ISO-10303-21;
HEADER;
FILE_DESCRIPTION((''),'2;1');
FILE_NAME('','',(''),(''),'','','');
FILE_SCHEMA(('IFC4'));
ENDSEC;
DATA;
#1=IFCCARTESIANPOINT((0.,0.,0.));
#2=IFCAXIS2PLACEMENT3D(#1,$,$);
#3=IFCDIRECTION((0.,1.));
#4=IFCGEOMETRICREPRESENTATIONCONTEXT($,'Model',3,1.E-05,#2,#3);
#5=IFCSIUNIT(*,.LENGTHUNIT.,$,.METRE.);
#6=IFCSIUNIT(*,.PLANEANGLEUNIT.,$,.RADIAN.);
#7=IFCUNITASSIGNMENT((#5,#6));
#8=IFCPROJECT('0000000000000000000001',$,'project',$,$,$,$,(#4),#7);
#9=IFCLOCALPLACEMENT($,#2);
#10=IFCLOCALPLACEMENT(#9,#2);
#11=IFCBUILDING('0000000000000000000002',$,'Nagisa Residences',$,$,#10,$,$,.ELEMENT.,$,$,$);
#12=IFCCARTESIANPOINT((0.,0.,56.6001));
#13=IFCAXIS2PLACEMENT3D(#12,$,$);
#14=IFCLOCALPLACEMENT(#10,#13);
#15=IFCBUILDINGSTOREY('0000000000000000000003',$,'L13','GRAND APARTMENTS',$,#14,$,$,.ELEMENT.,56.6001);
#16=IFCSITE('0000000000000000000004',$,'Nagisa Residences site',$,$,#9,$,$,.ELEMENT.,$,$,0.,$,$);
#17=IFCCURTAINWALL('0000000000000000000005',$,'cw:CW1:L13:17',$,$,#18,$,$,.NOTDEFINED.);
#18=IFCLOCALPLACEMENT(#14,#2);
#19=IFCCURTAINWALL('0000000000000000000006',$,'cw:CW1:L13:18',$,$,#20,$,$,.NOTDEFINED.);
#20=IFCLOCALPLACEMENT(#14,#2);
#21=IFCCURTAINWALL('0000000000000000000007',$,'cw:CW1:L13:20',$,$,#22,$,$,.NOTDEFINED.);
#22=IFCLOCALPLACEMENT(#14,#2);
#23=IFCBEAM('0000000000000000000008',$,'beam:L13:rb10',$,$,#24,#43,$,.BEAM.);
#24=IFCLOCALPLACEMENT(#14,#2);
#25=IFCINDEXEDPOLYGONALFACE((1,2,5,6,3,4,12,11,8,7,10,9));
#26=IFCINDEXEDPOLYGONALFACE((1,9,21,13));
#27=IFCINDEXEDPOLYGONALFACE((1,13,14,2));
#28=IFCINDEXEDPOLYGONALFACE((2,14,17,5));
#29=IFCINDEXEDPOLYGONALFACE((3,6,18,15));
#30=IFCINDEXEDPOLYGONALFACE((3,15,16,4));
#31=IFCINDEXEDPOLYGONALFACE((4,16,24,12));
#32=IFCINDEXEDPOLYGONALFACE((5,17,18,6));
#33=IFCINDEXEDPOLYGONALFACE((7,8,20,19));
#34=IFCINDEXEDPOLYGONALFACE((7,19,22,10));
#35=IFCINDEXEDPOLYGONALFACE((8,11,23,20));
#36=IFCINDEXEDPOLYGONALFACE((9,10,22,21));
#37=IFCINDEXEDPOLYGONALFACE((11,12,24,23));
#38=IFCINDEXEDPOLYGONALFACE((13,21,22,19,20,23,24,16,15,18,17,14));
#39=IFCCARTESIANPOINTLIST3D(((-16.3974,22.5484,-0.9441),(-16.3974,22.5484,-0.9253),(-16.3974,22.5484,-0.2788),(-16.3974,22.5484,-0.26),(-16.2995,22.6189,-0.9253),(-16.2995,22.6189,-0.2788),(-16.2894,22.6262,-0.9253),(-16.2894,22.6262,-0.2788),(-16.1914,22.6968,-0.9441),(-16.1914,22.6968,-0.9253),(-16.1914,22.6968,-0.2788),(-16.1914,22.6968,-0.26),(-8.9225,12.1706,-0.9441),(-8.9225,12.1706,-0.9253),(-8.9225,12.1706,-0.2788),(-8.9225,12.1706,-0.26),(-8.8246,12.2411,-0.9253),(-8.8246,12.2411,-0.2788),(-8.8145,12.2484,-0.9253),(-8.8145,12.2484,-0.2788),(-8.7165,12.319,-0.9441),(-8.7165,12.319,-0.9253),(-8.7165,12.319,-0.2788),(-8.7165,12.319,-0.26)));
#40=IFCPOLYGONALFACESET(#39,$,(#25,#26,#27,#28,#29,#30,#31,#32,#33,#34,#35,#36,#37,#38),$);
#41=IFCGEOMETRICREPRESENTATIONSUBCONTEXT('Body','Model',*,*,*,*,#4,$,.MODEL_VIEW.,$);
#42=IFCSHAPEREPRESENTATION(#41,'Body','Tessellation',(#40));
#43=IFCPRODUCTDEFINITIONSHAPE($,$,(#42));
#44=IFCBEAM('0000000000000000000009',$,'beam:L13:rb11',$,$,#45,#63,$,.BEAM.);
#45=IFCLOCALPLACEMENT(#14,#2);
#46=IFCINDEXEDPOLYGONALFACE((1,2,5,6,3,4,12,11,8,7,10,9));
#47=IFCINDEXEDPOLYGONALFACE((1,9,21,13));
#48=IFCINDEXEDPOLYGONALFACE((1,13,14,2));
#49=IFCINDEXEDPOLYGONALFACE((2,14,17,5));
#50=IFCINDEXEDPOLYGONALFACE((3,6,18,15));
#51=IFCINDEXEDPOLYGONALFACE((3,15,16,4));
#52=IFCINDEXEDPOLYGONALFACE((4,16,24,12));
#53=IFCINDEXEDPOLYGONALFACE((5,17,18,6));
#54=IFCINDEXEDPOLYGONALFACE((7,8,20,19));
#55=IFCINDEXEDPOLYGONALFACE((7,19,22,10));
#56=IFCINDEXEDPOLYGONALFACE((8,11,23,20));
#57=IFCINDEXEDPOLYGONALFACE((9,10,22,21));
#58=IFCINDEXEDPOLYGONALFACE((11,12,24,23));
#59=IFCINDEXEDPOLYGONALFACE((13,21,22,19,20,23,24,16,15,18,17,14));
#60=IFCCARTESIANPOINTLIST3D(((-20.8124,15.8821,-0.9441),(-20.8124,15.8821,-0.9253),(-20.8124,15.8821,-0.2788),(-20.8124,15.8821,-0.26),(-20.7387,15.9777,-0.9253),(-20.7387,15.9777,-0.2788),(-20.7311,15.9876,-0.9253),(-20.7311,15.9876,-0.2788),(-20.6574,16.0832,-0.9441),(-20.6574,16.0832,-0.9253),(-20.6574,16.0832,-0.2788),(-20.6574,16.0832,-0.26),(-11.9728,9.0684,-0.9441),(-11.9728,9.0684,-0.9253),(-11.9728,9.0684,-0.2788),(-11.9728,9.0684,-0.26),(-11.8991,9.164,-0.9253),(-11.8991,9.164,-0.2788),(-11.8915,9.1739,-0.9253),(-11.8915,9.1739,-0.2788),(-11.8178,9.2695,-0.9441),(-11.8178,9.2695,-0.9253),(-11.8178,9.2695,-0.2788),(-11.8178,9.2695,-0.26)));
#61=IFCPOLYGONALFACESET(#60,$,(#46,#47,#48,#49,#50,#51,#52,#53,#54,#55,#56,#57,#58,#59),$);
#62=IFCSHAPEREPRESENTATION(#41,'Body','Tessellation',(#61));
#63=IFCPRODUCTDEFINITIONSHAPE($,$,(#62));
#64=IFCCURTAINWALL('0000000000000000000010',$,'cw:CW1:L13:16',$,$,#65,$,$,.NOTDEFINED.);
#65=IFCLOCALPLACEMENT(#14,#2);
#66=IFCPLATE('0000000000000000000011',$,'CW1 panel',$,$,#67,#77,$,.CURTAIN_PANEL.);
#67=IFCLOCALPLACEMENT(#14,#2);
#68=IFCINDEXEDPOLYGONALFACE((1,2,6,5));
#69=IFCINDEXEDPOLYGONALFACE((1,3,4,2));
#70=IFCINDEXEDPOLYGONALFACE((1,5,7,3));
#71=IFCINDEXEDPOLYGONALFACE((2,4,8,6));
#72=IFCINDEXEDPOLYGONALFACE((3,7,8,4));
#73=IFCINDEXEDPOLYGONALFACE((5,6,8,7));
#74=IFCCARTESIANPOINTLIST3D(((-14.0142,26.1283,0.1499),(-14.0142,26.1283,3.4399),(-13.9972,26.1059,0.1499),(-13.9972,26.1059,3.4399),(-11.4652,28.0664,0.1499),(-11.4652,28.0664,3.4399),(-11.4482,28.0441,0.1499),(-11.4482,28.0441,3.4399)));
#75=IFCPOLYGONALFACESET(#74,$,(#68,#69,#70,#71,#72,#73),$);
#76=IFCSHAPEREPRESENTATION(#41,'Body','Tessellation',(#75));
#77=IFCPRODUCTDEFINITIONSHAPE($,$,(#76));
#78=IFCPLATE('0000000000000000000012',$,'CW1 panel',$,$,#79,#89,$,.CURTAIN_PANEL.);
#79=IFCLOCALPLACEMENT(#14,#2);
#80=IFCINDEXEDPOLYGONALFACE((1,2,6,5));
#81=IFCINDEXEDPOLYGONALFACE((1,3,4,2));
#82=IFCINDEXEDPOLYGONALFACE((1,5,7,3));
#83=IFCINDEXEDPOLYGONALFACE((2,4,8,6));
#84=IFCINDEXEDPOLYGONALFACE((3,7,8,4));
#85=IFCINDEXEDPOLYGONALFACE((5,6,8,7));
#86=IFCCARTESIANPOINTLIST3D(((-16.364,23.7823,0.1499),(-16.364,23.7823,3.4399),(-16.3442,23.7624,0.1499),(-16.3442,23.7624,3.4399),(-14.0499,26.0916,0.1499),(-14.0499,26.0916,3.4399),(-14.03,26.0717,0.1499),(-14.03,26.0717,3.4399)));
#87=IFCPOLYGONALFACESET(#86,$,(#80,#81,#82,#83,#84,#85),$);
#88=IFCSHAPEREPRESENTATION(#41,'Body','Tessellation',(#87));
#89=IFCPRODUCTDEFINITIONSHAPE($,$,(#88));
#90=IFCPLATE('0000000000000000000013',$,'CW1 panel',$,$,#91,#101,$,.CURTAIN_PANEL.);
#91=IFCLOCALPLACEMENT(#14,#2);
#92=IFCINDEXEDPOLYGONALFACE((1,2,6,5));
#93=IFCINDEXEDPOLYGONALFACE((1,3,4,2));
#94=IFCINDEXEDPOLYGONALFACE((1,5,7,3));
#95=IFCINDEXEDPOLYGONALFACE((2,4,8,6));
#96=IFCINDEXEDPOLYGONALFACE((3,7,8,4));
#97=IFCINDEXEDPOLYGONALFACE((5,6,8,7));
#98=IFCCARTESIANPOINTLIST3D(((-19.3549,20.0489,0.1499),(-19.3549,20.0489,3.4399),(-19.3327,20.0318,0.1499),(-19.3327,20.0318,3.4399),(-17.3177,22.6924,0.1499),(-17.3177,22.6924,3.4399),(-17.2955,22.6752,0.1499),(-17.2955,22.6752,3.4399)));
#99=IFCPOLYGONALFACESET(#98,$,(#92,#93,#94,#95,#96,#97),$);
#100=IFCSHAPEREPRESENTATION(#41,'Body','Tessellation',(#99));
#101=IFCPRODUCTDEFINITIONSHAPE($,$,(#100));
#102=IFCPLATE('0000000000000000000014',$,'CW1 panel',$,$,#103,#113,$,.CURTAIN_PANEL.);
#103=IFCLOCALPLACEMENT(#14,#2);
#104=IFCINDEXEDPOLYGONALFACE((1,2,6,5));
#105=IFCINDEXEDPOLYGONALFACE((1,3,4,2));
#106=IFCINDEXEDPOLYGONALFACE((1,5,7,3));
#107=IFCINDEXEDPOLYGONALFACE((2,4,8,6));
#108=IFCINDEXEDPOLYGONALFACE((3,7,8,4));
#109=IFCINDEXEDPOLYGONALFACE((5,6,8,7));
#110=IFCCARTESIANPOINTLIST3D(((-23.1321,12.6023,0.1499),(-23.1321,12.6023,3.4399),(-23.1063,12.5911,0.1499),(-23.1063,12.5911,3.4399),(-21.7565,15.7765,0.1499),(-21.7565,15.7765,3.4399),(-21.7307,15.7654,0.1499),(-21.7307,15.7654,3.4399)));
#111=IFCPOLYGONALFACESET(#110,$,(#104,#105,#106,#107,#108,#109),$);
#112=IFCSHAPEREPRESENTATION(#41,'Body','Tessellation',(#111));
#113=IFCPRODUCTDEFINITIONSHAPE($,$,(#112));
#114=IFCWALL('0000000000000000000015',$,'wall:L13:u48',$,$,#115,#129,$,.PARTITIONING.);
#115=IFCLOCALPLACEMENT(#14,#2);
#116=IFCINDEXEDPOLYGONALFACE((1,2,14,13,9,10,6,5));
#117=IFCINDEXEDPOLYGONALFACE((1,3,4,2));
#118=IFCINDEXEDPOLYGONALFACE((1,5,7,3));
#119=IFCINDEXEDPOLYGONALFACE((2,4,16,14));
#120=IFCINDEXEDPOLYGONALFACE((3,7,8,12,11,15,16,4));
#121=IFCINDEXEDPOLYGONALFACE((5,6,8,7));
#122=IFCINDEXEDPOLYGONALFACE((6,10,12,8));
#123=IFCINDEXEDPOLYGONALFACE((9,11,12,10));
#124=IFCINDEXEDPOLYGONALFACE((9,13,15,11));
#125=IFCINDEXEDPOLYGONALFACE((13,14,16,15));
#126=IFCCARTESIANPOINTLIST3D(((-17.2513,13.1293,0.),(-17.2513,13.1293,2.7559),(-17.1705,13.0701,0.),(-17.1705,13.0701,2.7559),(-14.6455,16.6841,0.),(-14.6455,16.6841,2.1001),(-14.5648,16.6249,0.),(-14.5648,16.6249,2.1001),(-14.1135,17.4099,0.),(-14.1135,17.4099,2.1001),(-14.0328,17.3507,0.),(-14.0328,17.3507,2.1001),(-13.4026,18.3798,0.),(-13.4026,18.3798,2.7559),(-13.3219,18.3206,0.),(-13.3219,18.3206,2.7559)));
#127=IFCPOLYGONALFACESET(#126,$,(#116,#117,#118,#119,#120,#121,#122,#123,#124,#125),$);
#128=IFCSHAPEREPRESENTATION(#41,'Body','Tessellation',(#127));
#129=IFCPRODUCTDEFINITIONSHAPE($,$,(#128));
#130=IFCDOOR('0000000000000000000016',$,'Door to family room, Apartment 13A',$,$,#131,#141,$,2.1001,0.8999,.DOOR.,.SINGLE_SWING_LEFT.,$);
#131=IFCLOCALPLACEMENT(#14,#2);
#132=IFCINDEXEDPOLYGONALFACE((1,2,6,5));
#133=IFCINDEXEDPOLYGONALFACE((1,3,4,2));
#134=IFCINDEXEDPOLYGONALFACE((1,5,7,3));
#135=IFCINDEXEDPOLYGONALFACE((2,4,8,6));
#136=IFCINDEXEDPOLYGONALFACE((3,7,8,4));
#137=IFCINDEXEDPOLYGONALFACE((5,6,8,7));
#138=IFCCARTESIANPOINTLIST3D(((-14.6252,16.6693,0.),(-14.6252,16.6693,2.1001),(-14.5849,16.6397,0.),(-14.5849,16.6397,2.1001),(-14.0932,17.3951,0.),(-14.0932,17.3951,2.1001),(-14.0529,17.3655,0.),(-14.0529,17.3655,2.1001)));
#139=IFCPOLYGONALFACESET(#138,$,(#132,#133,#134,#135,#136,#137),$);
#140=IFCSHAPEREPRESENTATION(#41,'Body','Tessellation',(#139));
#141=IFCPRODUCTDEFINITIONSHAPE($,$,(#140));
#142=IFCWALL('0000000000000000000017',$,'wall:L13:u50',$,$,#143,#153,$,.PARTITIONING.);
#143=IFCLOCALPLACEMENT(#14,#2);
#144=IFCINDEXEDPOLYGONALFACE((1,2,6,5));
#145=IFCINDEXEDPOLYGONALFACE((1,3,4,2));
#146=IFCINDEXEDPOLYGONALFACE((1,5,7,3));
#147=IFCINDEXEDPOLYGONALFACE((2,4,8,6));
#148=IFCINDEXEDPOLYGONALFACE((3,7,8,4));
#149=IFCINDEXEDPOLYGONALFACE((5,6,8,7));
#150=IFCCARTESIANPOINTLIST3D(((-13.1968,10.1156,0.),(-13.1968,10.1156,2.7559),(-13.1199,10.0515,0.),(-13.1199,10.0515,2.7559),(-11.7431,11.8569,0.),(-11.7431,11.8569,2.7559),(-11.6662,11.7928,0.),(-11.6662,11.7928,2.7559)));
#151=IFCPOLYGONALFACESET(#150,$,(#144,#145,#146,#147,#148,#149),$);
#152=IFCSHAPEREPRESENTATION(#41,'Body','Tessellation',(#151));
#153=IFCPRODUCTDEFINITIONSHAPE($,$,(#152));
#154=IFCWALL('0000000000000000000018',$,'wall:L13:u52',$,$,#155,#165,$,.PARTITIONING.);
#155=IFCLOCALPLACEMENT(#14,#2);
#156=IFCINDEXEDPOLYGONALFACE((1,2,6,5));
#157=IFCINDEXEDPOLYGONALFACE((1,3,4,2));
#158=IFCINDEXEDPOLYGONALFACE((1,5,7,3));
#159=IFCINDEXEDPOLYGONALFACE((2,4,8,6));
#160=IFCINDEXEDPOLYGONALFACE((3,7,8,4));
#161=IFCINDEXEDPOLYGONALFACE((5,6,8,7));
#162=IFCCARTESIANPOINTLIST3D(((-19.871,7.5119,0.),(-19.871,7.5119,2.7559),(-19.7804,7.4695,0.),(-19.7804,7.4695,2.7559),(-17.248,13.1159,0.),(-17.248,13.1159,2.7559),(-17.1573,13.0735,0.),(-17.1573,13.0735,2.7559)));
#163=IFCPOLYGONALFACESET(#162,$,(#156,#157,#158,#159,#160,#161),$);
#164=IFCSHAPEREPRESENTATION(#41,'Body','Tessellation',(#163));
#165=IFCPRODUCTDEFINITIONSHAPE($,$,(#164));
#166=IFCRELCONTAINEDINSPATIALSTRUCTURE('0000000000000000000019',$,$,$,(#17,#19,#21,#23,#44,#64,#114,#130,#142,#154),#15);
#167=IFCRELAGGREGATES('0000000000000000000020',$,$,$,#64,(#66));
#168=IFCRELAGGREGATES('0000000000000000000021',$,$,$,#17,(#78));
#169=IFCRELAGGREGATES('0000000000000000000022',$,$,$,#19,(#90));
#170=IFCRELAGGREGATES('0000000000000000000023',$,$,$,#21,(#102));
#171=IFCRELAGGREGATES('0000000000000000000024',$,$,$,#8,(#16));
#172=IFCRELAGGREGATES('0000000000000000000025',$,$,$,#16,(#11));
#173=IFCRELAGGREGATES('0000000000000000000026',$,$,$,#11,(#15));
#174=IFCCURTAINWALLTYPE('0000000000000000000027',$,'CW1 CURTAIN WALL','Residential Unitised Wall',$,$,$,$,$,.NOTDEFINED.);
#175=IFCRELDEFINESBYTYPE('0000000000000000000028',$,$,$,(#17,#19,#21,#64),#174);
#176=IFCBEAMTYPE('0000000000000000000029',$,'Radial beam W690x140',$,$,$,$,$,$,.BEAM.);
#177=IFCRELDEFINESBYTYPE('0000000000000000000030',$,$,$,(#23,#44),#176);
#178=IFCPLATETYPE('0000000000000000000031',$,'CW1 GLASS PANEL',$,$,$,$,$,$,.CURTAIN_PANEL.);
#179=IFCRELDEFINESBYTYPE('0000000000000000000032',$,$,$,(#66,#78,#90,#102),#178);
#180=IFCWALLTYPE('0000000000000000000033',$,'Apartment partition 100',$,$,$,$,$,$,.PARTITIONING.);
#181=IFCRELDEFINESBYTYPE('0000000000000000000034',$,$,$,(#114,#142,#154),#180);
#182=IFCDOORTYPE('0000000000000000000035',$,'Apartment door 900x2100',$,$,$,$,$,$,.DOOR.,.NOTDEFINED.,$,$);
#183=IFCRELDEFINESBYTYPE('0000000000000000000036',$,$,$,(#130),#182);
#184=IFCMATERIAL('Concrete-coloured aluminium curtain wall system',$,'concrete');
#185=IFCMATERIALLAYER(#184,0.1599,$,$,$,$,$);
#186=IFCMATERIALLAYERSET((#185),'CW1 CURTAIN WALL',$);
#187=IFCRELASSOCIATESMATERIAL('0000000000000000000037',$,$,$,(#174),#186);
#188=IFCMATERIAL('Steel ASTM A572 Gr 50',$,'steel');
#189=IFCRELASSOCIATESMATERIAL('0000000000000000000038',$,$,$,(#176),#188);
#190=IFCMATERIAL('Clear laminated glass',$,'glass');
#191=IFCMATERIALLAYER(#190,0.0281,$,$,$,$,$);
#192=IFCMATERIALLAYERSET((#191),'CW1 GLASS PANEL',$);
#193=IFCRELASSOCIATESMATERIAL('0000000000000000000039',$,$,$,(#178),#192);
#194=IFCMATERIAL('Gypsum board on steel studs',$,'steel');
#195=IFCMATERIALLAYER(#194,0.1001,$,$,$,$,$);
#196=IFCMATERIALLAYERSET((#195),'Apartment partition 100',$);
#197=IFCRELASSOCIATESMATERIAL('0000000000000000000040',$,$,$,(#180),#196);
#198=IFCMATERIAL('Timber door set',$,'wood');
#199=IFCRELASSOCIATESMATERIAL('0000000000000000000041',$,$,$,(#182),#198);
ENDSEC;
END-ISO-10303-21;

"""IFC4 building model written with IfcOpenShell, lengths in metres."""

from ifc_helpers import new_model, si_unit, direction, frame, frame_2d, origin, origin_2d, place, context, subcontext, project, spatial, rectangle, i_section, extrude, material, layer, layer_set, material_profile, profile_set, type_object, element, fill, aggregate, save


model = new_model("IFC4")

# Units and contexts
model_context = context("Model", 3, precision=1e-05, world=origin(), true_north=direction((0.0, 1.0)))
body_context = subcontext(model_context, "Body", "Model", "MODEL_VIEW")
ifc_project = project(units=[si_unit("LENGTHUNIT", "METRE"), si_unit("PLANEANGLEUNIT", "RADIAN")], contexts=[model_context])

# Site, building, storey
site_placement = place(None, origin())
site = spatial("IfcSite", under=ifc_project, at=site_placement, Name="Nagisa Residences site", CompositionType="ELEMENT", RefElevation=0.0)
building_placement = place(site_placement, origin())
building = spatial("IfcBuilding", under=site, at=building_placement, Name="Nagisa Residences", CompositionType="ELEMENT")
storey_placement = place(building_placement, frame((0.0, 0.0, 56.6001)))
storey = spatial("IfcBuildingStorey", under=building, at=storey_placement, Name="L13", Description="GRAND APARTMENTS", CompositionType="ELEMENT", Elevation=56.6001)

# Curtain walls
ifc_material_1 = material(Name="Concrete-coloured aluminium curtain wall system", Category="concrete")
ifc_layer_1 = layer(ifc_material_1, 0.1599)
ifc_layer_set_1 = layer_set([ifc_layer_1], Name="CW1 CURTAIN WALL")
curtain_wall_type = type_object("IfcCurtainWallType", Name="CW1 CURTAIN WALL", Description="Residential Unitised Wall", PredefinedType="NOTDEFINED", material=ifc_layer_set_1)
curtain_wall_1_placement = place(storey_placement, origin())
curtain_wall_1 = element("IfcCurtainWall", 1, at=curtain_wall_1_placement, inside=storey, type_object=curtain_wall_type, Name="cw:CW1:L13:17", PredefinedType="NOTDEFINED")
curtain_wall_2_placement = place(storey_placement, origin())
curtain_wall_2 = element("IfcCurtainWall", 2, at=curtain_wall_2_placement, inside=storey, type_object=curtain_wall_type, Name="cw:CW1:L13:18", PredefinedType="NOTDEFINED")
curtain_wall_3_placement = place(storey_placement, origin())
curtain_wall_3 = element("IfcCurtainWall", 3, at=curtain_wall_3_placement, inside=storey, type_object=curtain_wall_type, Name="cw:CW1:L13:20", PredefinedType="NOTDEFINED")

# Beams
ifc_material_2 = material(Name="Steel ASTM A572 Gr 50", Category="steel")
ifc_material_profile_1 = material_profile(ifc_material_2, i_section(OverallWidth=0.2539, OverallDepth=0.6841, WebThickness=0.0125, FlangeThickness=0.0188, at=origin_2d()), Name="W690x140")
ifc_profile_set_1 = profile_set([ifc_material_profile_1], Name="Steel ASTM A572 Gr 50")
beam_type_1 = type_object("IfcBeamType", Name="Radial beam W690x140", PredefinedType="BEAM", material=ifc_profile_set_1)
beam_1_placement = place(storey_placement, frame((-16.2944, 22.6226, -0.6021), z_axis=(0.584455, -0.811426, 0.0), x_axis=(0.811426, 0.584455, 0.0)))
element("IfcBeam", 4, at=beam_1_placement, inside=storey, type_object=beam_type_1, Name="beam:L13:rb10", PredefinedType="BEAM", context=body_context, shape_type="SweptSolid", body=[
    extrude(i_section(OverallWidth=0.2539, OverallDepth=0.6841, WebThickness=0.0125, FlangeThickness=0.0188, at=origin_2d()), origin(), (0.0, 0.0, 1.0), 12.7896),
])
beam_2_placement = place(storey_placement, frame((-20.7349, 15.9827, -0.6021), z_axis=(0.792016, -0.6105, 0.0), x_axis=(0.6105, 0.792016, 0.0)))
element("IfcBeam", 5, at=beam_2_placement, inside=storey, type_object=beam_type_1, Name="beam:L13:rb11", PredefinedType="BEAM", context=body_context, shape_type="SweptSolid", body=[
    extrude(i_section(OverallWidth=0.2539, OverallDepth=0.6841, WebThickness=0.0125, FlangeThickness=0.0188, at=origin_2d()), origin(), (0.0, 0.0, 1.0), 11.1609),
])

# Curtain wall, plate
curtain_wall_4_placement = place(storey_placement, origin())
curtain_wall_4 = element("IfcCurtainWall", 6, at=curtain_wall_4_placement, inside=storey, type_object=curtain_wall_type, Name="cw:CW1:L13:16", PredefinedType="NOTDEFINED")
ifc_material_3 = material(Name="Clear laminated glass", Category="glass")
ifc_layer_2 = layer(ifc_material_3, 0.0281)
ifc_layer_set_2 = layer_set([ifc_layer_2], Name="CW1 GLASS PANEL")
plate_type = type_object("IfcPlateType", Name="CW1 GLASS PANEL", PredefinedType="CURTAIN_PANEL", material=ifc_layer_set_2)
plate_1_placement = place(storey_placement, frame((-12.7312, 27.0862, 0.1499), z_axis=(0.0, 0.0, 1.0), x_axis=(-0.796031, -0.605255, 0.0)))
plate_1 = element("IfcPlate", 7, at=plate_1_placement, type_object=plate_type, Name="CW1 panel", PredefinedType="CURTAIN_PANEL", context=body_context, shape_type="SweptSolid", body=[
    extrude(rectangle(XDim=3.2021, YDim=0.0281, at=origin_2d()), origin(), (0.0, 0.0, 1.0), 3.29),
])
aggregate(curtain_wall_4, [plate_1])

# Plates
plate_2_placement = place(storey_placement, frame((-15.197, 24.927, 0.1499), z_axis=(0.0, 0.0, 1.0), x_axis=(-0.707836, -0.706377, 0.0)))
plate_2 = element("IfcPlate", 8, at=plate_2_placement, type_object=plate_type, Name="CW1 panel", PredefinedType="CURTAIN_PANEL", context=body_context, shape_type="SweptSolid", body=[
    extrude(rectangle(XDim=3.2693, YDim=0.0281, at=origin_2d()), origin(), (0.0, 0.0, 1.0), 3.29),
])
aggregate(curtain_wall_1, [plate_2])
plate_3_placement = place(storey_placement, frame((-18.3252, 21.3621, 0.1499), z_axis=(0.0, 0.0, 1.0), x_axis=(-0.61043, -0.79207, 0.0)))
plate_3 = element("IfcPlate", 9, at=plate_3_placement, type_object=plate_type, Name="CW1 panel", PredefinedType="CURTAIN_PANEL", context=body_context, shape_type="SweptSolid", body=[
    extrude(rectangle(XDim=3.3374, YDim=0.0281, at=origin_2d()), origin(), (0.0, 0.0, 1.0), 3.29),
])
aggregate(curtain_wall_2, [plate_3])
plate_4_placement = place(storey_placement, frame((-22.4314, 14.1838, 0.1499), z_axis=(0.0, 0.0, 1.0), x_axis=(-0.397636, -0.917543, 0.0)))
plate_4 = element("IfcPlate", 10, at=plate_4_placement, type_object=plate_type, Name="CW1 panel", PredefinedType="CURTAIN_PANEL", context=body_context, shape_type="SweptSolid", body=[
    extrude(rectangle(XDim=3.4595, YDim=0.0281, at=origin_2d()), origin(), (0.0, 0.0, 1.0), 3.29),
])
aggregate(curtain_wall_3, [plate_4])

# Wall, opening, door
ifc_material_4 = material(Name="Gypsum board on steel studs", Category="steel")
ifc_layer_3 = layer(ifc_material_4, 0.1001)
ifc_layer_set_3 = layer_set([ifc_layer_3], Name="Apartment partition 100")
wall_type_1 = type_object("IfcWallType", Name="Apartment partition 100", PredefinedType="PARTITIONING", material=ifc_layer_set_3)
wall_1_placement = place(storey_placement, frame((-13.3623, 18.3501, 0.0), z_axis=(0.0, 0.0, 1.0), x_axis=(-0.591191, -0.806531, 0.0)))
wall_1 = element("IfcWall", 11, at=wall_1_placement, inside=storey, type_object=wall_type_1, Name="wall:L13:u48", PredefinedType="PARTITIONING", context=body_context, shape_type="SweptSolid", body=[
    extrude(rectangle(XDim=6.51, YDim=0.1001, at=frame_2d((3.2549, 0.0))), origin(), (0.0, 0.0, 1.0), 2.7559),
])
opening_1_placement = place(wall_1_placement, frame((1.2024, 0.0, 0.0)))
opening_1 = element("IfcOpeningElement", 12, at=opening_1_placement, cuts=wall_1, PredefinedType="OPENING", context=body_context, shape_type="SweptSolid", body=[
    extrude(rectangle(XDim=0.8999, YDim=2.1001, at=frame_2d((0.45, 1.05))), frame((0.0, 0.0601, 0.0), z_axis=(0.0, -1.0, 0.0), x_axis=(1.0, 0.0, 0.0)), (0.0, 0.0, 1.0), 0.1201),
])
ifc_material_5 = material(Name="Timber door set", Category="wood")
door_type_1 = type_object("IfcDoorType", Name="Apartment door 900x2100", OperationType="NOTDEFINED", PredefinedType="DOOR", material=ifc_material_5)
door_1_placement = place(opening_1_placement, frame((0.8999, 0.0, 0.0), x_axis=(-1.0, 0.0, 0.0)))
door_1 = element("IfcDoor", 13, at=door_1_placement, inside=storey, type_object=door_type_1, Name="Door to family room, Apartment 13A", OperationType="SINGLE_SWING_LEFT", OverallHeight=2.1001, OverallWidth=0.8999, PredefinedType="DOOR", context=body_context, shape_type="SweptSolid", body=[
    extrude(rectangle(XDim=0.8999, YDim=2.1001, at=frame_2d((0.45, 1.05))), frame((0.0, 0.0249, 0.0), z_axis=(0.0, -1.0, 0.0), x_axis=(1.0, 0.0, 0.0)), (0.0, 0.0, 1.0), 0.05),
])
fill(opening_1, door_1)

# Walls
wall_2_placement = place(storey_placement, frame((-11.7046, 11.825, 0.0), z_axis=(0.0, 0.0, 1.0), x_axis=(-0.640862, -0.767656, 0.0)))
element("IfcWall", 14, at=wall_2_placement, inside=storey, type_object=wall_type_1, Name="wall:L13:u50", PredefinedType="PARTITIONING", context=body_context, shape_type="SweptSolid", body=[
    extrude(rectangle(XDim=2.2683, YDim=0.1001, at=frame_2d((1.1343, 0.0))), origin(), (0.0, 0.0, 1.0), 2.7559),
])
wall_3_placement = place(storey_placement, frame((-17.2026, 13.0947, 0.0), z_axis=(0.0, 0.0, 1.0), x_axis=(-0.423926, -0.905697, 0.0)))
element("IfcWall", 15, at=wall_3_placement, inside=storey, type_object=wall_type_1, Name="wall:L13:u52", PredefinedType="PARTITIONING", context=body_context, shape_type="SweptSolid", body=[
    extrude(rectangle(XDim=6.1875, YDim=0.1001, at=frame_2d((3.0938, 0.0))), origin(), (0.0, 0.0, 1.0), 2.7559),
])

save(model, "model.ifc")
